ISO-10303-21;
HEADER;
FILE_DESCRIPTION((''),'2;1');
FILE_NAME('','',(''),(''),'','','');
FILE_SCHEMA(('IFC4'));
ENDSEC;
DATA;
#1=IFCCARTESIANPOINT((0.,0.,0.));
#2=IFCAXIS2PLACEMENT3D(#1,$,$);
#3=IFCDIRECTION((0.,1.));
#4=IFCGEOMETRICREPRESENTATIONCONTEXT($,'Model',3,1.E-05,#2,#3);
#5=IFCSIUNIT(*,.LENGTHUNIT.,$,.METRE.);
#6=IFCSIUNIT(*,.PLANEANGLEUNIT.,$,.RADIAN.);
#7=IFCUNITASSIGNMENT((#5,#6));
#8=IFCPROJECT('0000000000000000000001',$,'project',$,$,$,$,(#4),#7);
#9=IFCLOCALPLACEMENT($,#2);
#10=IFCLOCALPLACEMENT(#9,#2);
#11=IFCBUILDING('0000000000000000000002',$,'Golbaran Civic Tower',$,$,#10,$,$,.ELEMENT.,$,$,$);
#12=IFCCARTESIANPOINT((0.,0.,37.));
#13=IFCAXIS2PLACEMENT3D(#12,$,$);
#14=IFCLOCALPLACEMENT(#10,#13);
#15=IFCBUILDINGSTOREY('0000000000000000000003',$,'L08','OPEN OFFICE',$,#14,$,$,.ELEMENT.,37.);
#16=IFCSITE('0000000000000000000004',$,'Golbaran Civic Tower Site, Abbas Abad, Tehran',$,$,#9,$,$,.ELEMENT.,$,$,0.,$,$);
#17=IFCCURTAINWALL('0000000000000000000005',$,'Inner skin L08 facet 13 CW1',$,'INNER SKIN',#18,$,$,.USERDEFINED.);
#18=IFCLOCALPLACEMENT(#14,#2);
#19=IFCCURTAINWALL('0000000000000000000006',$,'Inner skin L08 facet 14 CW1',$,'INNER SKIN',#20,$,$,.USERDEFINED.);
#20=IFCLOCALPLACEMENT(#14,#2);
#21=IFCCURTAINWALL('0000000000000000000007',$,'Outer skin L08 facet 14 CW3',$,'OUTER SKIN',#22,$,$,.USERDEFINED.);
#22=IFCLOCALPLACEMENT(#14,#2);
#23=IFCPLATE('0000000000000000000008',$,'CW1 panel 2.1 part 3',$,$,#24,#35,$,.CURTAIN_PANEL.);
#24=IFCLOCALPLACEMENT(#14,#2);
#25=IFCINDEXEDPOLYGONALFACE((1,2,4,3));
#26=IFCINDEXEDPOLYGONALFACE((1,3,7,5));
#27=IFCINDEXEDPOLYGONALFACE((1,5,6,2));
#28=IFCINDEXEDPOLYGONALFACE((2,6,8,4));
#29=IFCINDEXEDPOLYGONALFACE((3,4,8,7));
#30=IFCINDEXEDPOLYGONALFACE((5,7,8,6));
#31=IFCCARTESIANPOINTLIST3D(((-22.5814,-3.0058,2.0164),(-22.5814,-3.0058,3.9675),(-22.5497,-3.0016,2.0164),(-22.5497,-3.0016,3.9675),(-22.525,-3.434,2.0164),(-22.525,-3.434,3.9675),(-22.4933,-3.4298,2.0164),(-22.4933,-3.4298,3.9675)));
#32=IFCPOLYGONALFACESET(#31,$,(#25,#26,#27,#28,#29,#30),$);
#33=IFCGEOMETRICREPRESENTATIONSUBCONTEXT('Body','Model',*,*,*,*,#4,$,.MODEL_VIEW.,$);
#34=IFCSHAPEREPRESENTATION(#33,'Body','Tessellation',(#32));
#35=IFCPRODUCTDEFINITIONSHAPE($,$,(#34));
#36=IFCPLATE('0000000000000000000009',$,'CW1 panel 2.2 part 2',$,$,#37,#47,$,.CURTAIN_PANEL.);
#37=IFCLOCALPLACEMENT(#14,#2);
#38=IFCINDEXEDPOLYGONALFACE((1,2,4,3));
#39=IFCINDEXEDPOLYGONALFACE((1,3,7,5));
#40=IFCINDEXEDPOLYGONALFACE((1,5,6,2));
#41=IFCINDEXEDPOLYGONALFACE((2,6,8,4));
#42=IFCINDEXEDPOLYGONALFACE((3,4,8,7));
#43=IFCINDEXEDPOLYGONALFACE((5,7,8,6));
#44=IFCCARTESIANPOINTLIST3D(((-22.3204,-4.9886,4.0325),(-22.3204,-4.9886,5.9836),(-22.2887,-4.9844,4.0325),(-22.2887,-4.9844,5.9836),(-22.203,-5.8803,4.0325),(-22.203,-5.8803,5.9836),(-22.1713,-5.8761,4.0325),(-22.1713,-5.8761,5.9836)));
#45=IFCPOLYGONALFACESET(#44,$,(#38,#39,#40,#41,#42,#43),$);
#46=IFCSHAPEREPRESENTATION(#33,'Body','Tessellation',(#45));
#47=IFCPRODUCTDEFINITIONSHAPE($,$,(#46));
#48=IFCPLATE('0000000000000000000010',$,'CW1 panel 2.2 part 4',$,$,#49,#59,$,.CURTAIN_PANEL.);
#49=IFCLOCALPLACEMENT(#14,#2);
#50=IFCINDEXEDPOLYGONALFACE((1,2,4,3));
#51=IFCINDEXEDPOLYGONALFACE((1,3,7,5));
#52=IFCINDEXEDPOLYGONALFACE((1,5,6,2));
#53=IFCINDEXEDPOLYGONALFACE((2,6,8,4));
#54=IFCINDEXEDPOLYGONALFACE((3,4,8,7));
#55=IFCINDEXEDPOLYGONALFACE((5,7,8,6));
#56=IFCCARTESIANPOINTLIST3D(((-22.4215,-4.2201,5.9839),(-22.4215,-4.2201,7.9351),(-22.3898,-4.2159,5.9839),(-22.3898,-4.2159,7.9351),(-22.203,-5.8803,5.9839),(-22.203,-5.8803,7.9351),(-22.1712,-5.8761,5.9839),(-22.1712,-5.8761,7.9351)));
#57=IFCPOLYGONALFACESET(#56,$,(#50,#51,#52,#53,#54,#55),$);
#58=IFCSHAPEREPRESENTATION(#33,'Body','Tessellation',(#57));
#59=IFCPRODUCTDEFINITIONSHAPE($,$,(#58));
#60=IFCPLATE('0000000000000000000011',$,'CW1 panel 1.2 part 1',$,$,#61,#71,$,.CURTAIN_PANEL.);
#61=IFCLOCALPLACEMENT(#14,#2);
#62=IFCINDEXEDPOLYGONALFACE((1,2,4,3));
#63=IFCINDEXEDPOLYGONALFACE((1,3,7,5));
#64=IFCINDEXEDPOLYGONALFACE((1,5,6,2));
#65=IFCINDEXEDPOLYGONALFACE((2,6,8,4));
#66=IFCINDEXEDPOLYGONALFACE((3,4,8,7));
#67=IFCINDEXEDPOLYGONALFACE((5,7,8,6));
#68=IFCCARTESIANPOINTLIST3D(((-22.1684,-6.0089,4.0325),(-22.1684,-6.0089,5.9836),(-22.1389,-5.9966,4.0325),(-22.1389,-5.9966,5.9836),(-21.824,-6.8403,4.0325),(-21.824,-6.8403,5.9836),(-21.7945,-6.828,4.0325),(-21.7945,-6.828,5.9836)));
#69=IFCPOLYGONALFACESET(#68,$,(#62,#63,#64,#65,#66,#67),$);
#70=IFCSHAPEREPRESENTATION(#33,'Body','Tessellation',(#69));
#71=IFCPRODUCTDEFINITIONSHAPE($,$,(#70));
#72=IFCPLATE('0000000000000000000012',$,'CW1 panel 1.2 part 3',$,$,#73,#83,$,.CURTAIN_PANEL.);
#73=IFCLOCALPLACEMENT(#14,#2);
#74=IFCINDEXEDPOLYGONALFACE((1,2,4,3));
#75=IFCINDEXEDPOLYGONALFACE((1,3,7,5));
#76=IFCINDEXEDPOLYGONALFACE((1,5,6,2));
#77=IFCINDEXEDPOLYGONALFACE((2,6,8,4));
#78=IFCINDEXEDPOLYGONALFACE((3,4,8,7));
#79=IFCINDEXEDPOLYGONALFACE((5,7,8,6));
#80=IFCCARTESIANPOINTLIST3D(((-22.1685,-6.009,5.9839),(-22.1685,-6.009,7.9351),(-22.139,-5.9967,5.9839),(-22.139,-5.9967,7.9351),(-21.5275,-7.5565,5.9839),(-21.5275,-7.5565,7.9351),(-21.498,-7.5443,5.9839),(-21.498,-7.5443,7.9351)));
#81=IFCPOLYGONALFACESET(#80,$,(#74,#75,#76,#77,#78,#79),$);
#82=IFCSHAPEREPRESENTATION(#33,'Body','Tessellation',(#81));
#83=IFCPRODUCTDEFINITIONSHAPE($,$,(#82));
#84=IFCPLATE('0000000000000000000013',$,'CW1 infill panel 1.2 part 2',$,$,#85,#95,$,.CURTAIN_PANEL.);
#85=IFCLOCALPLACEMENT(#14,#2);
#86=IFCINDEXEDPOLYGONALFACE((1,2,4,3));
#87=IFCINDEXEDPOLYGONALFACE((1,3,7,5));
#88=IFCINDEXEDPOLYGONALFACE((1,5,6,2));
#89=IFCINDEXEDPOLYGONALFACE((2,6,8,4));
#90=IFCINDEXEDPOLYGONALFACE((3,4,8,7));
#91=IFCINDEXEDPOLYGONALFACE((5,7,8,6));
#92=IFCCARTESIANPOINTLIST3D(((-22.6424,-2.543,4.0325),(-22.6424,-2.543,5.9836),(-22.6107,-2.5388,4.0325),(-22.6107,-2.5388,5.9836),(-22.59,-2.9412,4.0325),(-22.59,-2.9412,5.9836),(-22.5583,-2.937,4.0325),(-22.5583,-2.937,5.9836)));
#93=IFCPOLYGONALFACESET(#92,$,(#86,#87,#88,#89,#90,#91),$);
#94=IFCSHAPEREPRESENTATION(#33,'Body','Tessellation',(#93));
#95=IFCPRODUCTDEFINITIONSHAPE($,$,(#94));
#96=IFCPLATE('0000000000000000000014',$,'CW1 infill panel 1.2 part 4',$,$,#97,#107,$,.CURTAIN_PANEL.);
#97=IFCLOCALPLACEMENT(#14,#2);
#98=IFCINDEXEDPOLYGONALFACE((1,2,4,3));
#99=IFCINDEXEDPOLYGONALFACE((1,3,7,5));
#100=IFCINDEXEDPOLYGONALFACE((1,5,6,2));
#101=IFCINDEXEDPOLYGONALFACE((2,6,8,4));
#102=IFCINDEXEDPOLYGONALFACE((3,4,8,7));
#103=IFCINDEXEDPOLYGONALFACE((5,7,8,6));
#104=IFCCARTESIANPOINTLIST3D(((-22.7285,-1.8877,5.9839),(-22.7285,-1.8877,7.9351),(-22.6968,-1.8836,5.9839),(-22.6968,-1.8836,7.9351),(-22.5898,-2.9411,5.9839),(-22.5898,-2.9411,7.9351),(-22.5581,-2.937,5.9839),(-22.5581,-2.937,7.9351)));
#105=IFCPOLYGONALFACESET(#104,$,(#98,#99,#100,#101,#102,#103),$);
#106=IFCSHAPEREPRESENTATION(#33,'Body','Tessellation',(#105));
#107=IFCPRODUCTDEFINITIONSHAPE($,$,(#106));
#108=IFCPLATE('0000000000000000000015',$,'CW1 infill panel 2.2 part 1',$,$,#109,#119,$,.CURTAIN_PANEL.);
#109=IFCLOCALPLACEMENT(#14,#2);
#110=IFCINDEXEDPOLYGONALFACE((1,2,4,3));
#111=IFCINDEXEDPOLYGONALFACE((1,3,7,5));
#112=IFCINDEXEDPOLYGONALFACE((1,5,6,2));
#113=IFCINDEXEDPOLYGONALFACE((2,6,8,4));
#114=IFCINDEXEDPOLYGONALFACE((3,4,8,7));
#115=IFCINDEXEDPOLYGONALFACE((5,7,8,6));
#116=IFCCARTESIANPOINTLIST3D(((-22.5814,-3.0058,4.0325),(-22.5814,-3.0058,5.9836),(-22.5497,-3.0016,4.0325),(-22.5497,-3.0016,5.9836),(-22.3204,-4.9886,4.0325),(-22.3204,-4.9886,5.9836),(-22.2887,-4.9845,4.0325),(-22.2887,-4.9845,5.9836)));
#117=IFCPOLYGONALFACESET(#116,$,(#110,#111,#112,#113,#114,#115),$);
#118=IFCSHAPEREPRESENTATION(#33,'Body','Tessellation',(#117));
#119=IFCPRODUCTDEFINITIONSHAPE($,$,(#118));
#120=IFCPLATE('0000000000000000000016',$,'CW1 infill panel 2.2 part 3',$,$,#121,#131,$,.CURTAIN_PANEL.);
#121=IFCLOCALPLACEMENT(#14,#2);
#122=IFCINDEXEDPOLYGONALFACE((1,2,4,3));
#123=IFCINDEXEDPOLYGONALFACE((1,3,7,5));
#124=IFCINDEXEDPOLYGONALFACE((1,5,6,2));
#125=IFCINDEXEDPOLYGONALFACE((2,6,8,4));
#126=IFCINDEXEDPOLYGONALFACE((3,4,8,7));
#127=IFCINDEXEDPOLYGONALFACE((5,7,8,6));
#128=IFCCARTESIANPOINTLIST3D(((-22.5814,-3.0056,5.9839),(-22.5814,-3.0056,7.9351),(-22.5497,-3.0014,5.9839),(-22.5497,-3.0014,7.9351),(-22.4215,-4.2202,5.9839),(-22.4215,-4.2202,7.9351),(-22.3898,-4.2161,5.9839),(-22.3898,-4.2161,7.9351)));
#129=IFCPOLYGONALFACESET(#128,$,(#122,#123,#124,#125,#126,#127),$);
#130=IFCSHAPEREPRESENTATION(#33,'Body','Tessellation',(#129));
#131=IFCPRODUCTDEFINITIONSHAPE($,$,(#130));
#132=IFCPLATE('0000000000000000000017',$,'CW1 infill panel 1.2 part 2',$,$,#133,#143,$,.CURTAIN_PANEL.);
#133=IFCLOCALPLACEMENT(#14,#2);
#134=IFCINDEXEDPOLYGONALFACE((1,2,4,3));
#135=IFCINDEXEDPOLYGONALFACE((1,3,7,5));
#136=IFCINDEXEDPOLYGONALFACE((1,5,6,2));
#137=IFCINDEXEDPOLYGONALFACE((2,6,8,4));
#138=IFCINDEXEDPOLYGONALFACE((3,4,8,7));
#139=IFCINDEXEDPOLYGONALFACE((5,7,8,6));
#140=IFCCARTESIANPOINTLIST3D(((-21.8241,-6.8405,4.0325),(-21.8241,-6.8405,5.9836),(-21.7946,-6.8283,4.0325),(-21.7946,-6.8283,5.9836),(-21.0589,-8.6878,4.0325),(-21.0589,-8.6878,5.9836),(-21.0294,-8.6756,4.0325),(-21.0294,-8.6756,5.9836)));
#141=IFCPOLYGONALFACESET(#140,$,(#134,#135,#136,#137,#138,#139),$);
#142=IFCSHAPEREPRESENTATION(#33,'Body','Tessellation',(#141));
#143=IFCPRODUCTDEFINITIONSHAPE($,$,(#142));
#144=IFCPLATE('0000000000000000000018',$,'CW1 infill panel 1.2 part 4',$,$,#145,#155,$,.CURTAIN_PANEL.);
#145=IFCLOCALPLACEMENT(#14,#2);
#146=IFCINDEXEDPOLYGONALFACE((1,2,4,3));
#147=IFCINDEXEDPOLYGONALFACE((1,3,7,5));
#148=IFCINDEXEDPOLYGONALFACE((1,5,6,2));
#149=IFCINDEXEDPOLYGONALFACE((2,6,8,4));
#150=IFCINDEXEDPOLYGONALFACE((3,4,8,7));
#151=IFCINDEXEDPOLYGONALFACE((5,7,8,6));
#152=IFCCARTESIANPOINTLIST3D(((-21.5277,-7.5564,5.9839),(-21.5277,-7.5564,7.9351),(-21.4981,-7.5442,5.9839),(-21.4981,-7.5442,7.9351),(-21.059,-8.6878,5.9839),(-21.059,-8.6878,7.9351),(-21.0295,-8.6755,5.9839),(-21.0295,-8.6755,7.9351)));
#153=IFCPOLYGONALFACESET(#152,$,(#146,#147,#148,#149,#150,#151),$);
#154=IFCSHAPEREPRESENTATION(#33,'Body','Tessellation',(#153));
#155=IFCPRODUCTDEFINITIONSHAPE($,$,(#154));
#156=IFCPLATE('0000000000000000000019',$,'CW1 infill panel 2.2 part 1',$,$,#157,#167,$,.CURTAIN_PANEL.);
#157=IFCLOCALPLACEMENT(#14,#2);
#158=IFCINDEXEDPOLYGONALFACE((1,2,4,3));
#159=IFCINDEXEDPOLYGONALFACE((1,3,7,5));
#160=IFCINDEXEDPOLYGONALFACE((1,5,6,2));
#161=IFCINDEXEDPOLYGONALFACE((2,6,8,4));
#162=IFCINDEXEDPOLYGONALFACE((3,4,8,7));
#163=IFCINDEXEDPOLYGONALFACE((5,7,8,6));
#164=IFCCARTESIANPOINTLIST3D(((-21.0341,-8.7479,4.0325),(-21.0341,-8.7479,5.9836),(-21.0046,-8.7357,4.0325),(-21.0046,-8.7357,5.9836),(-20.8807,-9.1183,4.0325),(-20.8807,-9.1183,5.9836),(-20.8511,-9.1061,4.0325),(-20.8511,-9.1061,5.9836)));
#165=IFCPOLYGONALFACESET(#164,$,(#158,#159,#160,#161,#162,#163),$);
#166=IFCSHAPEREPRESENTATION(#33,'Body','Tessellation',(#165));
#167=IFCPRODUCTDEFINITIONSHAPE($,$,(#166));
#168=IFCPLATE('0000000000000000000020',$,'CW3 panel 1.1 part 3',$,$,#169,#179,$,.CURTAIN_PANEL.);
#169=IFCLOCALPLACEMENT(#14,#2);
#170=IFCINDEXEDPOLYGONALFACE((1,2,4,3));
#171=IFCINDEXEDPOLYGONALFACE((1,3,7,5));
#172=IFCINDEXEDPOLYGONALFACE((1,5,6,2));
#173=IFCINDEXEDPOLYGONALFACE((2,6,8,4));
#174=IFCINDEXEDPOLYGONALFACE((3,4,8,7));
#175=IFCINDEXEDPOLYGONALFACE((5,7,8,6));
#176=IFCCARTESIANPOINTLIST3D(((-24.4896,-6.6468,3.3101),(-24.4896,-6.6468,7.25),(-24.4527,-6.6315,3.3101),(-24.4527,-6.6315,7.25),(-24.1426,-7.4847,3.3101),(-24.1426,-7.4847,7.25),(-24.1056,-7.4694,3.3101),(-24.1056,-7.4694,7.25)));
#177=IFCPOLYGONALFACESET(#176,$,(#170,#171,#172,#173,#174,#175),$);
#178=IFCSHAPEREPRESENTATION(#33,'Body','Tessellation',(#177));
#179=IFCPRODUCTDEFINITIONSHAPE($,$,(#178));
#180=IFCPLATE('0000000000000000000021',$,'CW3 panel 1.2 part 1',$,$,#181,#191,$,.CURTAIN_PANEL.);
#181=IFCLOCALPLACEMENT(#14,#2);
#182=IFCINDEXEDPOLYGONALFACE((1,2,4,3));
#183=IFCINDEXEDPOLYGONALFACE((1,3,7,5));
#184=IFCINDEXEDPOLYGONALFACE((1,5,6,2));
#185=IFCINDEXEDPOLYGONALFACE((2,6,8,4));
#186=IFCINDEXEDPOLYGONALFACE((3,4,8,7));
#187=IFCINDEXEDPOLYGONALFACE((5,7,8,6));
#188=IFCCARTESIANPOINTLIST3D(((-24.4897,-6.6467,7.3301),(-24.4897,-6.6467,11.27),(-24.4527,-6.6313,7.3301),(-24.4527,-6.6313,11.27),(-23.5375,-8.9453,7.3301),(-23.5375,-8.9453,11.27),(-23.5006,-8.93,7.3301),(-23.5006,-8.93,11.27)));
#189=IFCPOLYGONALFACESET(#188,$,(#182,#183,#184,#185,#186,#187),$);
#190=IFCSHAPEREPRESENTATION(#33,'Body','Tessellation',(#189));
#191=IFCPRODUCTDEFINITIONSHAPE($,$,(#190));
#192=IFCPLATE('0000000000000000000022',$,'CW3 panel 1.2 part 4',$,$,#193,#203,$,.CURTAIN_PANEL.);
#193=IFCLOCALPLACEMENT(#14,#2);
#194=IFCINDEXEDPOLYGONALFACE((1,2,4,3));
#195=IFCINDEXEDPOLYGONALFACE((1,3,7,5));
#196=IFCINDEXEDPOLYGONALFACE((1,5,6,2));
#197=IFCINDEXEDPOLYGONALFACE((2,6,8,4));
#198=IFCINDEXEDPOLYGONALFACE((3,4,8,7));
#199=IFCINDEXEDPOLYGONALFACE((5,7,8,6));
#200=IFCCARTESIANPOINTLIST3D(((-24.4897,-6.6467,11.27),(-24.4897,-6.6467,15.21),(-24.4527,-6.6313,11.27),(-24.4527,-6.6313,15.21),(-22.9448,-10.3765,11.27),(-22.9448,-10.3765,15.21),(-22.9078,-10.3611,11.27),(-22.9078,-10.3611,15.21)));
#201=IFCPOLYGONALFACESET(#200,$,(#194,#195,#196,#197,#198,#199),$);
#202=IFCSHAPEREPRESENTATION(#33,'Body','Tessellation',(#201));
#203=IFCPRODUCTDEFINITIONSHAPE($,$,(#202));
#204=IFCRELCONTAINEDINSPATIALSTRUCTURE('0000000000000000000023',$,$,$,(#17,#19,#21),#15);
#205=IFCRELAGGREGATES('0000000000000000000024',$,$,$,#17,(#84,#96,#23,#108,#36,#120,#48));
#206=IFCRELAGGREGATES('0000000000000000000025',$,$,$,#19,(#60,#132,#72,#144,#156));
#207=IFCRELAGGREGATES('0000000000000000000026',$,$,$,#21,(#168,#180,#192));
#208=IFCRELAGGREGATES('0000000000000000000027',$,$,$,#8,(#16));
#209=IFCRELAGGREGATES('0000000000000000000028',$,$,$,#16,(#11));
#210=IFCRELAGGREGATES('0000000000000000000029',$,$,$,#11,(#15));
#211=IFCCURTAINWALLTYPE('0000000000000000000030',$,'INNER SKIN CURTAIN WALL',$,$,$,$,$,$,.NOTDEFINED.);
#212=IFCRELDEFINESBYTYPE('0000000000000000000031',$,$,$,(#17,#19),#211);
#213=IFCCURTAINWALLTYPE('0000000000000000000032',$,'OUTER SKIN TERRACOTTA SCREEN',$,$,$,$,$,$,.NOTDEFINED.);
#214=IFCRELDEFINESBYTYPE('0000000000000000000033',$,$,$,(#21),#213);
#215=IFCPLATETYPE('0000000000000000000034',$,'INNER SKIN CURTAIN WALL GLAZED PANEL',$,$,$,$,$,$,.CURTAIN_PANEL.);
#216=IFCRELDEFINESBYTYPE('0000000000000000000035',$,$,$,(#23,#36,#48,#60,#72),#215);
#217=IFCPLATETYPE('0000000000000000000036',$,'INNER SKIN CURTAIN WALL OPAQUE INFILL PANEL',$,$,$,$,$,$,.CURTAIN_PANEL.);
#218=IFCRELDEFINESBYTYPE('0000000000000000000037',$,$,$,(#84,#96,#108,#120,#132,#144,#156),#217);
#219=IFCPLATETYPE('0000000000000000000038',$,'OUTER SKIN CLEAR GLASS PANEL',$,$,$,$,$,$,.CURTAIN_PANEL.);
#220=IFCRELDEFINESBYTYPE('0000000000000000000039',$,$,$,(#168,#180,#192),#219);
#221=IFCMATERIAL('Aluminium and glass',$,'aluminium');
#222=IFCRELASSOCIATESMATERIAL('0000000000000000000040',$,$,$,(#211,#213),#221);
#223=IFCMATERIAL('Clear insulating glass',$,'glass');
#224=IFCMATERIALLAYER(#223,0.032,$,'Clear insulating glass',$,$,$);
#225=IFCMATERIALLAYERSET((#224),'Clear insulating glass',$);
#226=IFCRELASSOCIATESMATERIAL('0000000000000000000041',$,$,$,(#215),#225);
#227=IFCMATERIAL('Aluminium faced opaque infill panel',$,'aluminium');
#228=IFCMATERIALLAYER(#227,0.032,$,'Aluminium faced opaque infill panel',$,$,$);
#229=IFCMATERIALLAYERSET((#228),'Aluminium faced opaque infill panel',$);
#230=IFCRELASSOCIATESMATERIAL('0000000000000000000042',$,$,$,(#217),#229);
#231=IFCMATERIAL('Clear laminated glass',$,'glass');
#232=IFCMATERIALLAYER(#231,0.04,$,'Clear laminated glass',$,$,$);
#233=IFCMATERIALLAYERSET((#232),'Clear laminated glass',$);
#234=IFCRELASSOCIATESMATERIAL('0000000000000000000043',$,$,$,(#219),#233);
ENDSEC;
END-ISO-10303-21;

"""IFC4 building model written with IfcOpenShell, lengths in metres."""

from ifc_helpers import new_model, si_unit, direction, frame, origin, origin_2d, place, context, subcontext, project, spatial, rectangle, extrude, material, layer, layer_set, type_object, element, aggregate, save


model = new_model("IFC4")

# Units and contexts
model_context = context("Model", 3, precision=1e-05, world=origin(), true_north=direction((0.0, 1.0)))
body_context = subcontext(model_context, "Body", "Model", "MODEL_VIEW")
ifc_project = project(units=[si_unit("LENGTHUNIT", "METRE"), si_unit("PLANEANGLEUNIT", "RADIAN")], contexts=[model_context])

# Site, building, storey
site_placement = place(None, origin())
site = spatial("IfcSite", under=ifc_project, at=site_placement, Name="Golbaran Civic Tower Site, Abbas Abad, Tehran", CompositionType="ELEMENT", RefElevation=0.0)
building_placement = place(site_placement, origin())
building = spatial("IfcBuilding", under=site, at=building_placement, Name="Golbaran Civic Tower", CompositionType="ELEMENT")
storey_placement = place(building_placement, frame((0.0, 0.0, 37.0)))
storey = spatial("IfcBuildingStorey", under=building, at=storey_placement, Name="L08", Description="OPEN OFFICE", CompositionType="ELEMENT", Elevation=37.0)

# Curtain walls
ifc_material_1 = material(Name="Aluminium and glass", Category="aluminium")
curtain_wall_type_1 = type_object("IfcCurtainWallType", Name="INNER SKIN CURTAIN WALL", PredefinedType="NOTDEFINED", material=ifc_material_1)
curtain_wall_1_placement = place(storey_placement, origin())
curtain_wall_1 = element("IfcCurtainWall", 1, at=curtain_wall_1_placement, inside=storey, type_object=curtain_wall_type_1, Name="Inner skin L08 facet 13 CW1", ObjectType="INNER SKIN", PredefinedType="USERDEFINED")
curtain_wall_2_placement = place(storey_placement, origin())
curtain_wall_2 = element("IfcCurtainWall", 2, at=curtain_wall_2_placement, inside=storey, type_object=curtain_wall_type_1, Name="Inner skin L08 facet 14 CW1", ObjectType="INNER SKIN", PredefinedType="USERDEFINED")
curtain_wall_type_2 = type_object("IfcCurtainWallType", Name="OUTER SKIN TERRACOTTA SCREEN", PredefinedType="NOTDEFINED", material=ifc_material_1)
curtain_wall_3_placement = place(storey_placement, origin())
curtain_wall_3 = element("IfcCurtainWall", 3, at=curtain_wall_3_placement, inside=storey, type_object=curtain_wall_type_2, Name="Outer skin L08 facet 14 CW3", ObjectType="OUTER SKIN", PredefinedType="USERDEFINED")

# Plates
ifc_material_2 = material(Name="Clear insulating glass", Category="glass")
ifc_layer_1 = layer(ifc_material_2, 0.032, Name="Clear insulating glass")
ifc_layer_set_1 = layer_set([ifc_layer_1], Name="Clear insulating glass")
plate_type_1 = type_object("IfcPlateType", Name="INNER SKIN CURTAIN WALL GLAZED PANEL", PredefinedType="CURTAIN_PANEL", material=ifc_layer_set_1)
plate_1_placement = place(storey_placement, frame((-22.5374, -3.2178, 2.0164), z_axis=(0.0, 0.0, 1.0), x_axis=(0.130526, -0.991445, 0.0)))
plate_1 = element("IfcPlate", 4, at=plate_1_placement, type_object=plate_type_1, Name="CW1 panel 2.1 part 3", PredefinedType="CURTAIN_PANEL", context=body_context, shape_type="SweptSolid", body=[
    extrude(rectangle(XDim=0.4319, YDim=0.032, at=origin_2d()), origin(), (0.0, 0.0, 1.0), 1.9512),
])
plate_2_placement = place(storey_placement, frame((-22.2458, -5.4324, 4.0325), z_axis=(0.0, 0.0, 1.0), x_axis=(0.130526, -0.991445, 0.0)))
plate_2 = element("IfcPlate", 5, at=plate_2_placement, type_object=plate_type_1, Name="CW1 panel 2.2 part 2", PredefinedType="CURTAIN_PANEL", context=body_context, shape_type="SweptSolid", body=[
    extrude(rectangle(XDim=0.8994, YDim=0.032, at=origin_2d()), origin(), (0.0, 0.0, 1.0), 1.9512),
])
plate_3_placement = place(storey_placement, frame((-22.2964, -5.0481, 5.9839), z_axis=(0.0, 0.0, 1.0), x_axis=(0.130526, -0.991445, 0.0)))
plate_3 = element("IfcPlate", 6, at=plate_3_placement, type_object=plate_type_1, Name="CW1 panel 2.2 part 4", PredefinedType="CURTAIN_PANEL", context=body_context, shape_type="SweptSolid", body=[
    extrude(rectangle(XDim=1.6746, YDim=0.032, at=origin_2d()), origin(), (0.0, 0.0, 1.0), 1.9512),
])
plate_4_placement = place(storey_placement, frame((-21.9814, -6.4185, 4.0325), z_axis=(0.0, 0.0, 1.0), x_axis=(0.382683, -0.92388, 0.0)))
plate_4 = element("IfcPlate", 7, at=plate_4_placement, type_object=plate_type_1, Name="CW1 panel 1.2 part 1", PredefinedType="CURTAIN_PANEL", context=body_context, shape_type="SweptSolid", body=[
    extrude(rectangle(XDim=0.8999, YDim=0.032, at=origin_2d()), origin(), (0.0, 0.0, 1.0), 1.9512),
])
plate_5_placement = place(storey_placement, frame((-21.8333, -6.7766, 5.9839), z_axis=(0.0, 0.0, 1.0), x_axis=(0.382683, -0.92388, 0.0)))
plate_5 = element("IfcPlate", 8, at=plate_5_placement, type_object=plate_type_1, Name="CW1 panel 1.2 part 3", PredefinedType="CURTAIN_PANEL", context=body_context, shape_type="SweptSolid", body=[
    extrude(rectangle(XDim=1.675, YDim=0.032, at=origin_2d()), origin(), (0.0, 0.0, 1.0), 1.9512),
])
ifc_material_3 = material(Name="Aluminium faced opaque infill panel", Category="aluminium")
ifc_layer_2 = layer(ifc_material_3, 0.032, Name="Aluminium faced opaque infill panel")
ifc_layer_set_2 = layer_set([ifc_layer_2], Name="Aluminium faced opaque infill panel")
plate_type_2 = type_object("IfcPlateType", Name="INNER SKIN CURTAIN WALL OPAQUE INFILL PANEL", PredefinedType="CURTAIN_PANEL", material=ifc_layer_set_2)
plate_6_placement = place(storey_placement, frame((-22.6003, -2.74, 4.0325), z_axis=(0.0, 0.0, 1.0), x_axis=(0.130526, -0.991445, 0.0)))
plate_6 = element("IfcPlate", 9, at=plate_6_placement, type_object=plate_type_2, Name="CW1 infill panel 1.2 part 2", PredefinedType="CURTAIN_PANEL", context=body_context, shape_type="SweptSolid", body=[
    extrude(rectangle(XDim=0.4016, YDim=0.032, at=origin_2d()), origin(), (0.0, 0.0, 1.0), 1.9512),
])
plate_7_placement = place(storey_placement, frame((-22.6433, -2.4124, 5.9839), z_axis=(0.0, 0.0, 1.0), x_axis=(0.130526, -0.991445, 0.0)))
plate_7 = element("IfcPlate", 10, at=plate_7_placement, type_object=plate_type_2, Name="CW1 infill panel 1.2 part 4", PredefinedType="CURTAIN_PANEL", context=body_context, shape_type="SweptSolid", body=[
    extrude(rectangle(XDim=1.0625, YDim=0.032, at=origin_2d()), origin(), (0.0, 0.0, 1.0), 1.9512),
])
plate_8_placement = place(storey_placement, frame((-22.4351, -3.9951, 4.0325), z_axis=(0.0, 0.0, 1.0), x_axis=(0.130526, -0.991445, 0.0)))
plate_8 = element("IfcPlate", 11, at=plate_8_placement, type_object=plate_type_2, Name="CW1 infill panel 2.2 part 1", PredefinedType="CURTAIN_PANEL", context=body_context, shape_type="SweptSolid", body=[
    extrude(rectangle(XDim=2.0, YDim=0.032, at=origin_2d()), origin(), (0.0, 0.0, 1.0), 1.9512),
])
plate_9_placement = place(storey_placement, frame((-22.4856, -3.6108, 5.9839), z_axis=(0.0, 0.0, 1.0), x_axis=(0.130526, -0.991445, 0.0)))
plate_9 = element("IfcPlate", 12, at=plate_9_placement, type_object=plate_type_2, Name="CW1 infill panel 2.2 part 3", PredefinedType="CURTAIN_PANEL", context=body_context, shape_type="SweptSolid", body=[
    extrude(rectangle(XDim=1.2251, YDim=0.032, at=origin_2d()), origin(), (0.0, 0.0, 1.0), 1.9512),
])
aggregate(curtain_wall_1, [plate_6, plate_7, plate_1, plate_8, plate_2, plate_9, plate_3])
plate_10_placement = place(storey_placement, frame((-21.4268, -7.7581, 4.0325), z_axis=(0.0, 0.0, 1.0), x_axis=(0.382683, -0.92388, 0.0)))
plate_10 = element("IfcPlate", 13, at=plate_10_placement, type_object=plate_type_2, Name="CW1 infill panel 1.2 part 2", PredefinedType="CURTAIN_PANEL", context=body_context, shape_type="SweptSolid", body=[
    extrude(rectangle(XDim=1.9995, YDim=0.032, at=origin_2d()), origin(), (0.0, 0.0, 1.0), 1.9512),
])
plate_11_placement = place(storey_placement, frame((-21.2786, -8.116, 5.9839), z_axis=(0.0, 0.0, 1.0), x_axis=(0.382683, -0.92388, 0.0)))
plate_11 = element("IfcPlate", 14, at=plate_11_placement, type_object=plate_type_2, Name="CW1 infill panel 1.2 part 4", PredefinedType="CURTAIN_PANEL", context=body_context, shape_type="SweptSolid", body=[
    extrude(rectangle(XDim=1.2246, YDim=0.032, at=origin_2d()), origin(), (0.0, 0.0, 1.0), 1.9512),
])
plate_12_placement = place(storey_placement, frame((-20.9426, -8.927, 4.0325), z_axis=(0.0, 0.0, 1.0), x_axis=(0.382683, -0.92388, 0.0)))
plate_12 = element("IfcPlate", 15, at=plate_12_placement, type_object=plate_type_2, Name="CW1 infill panel 2.2 part 1", PredefinedType="CURTAIN_PANEL", context=body_context, shape_type="SweptSolid", body=[
    extrude(rectangle(XDim=0.4009, YDim=0.032, at=origin_2d()), origin(), (0.0, 0.0, 1.0), 1.9512),
])
aggregate(curtain_wall_2, [plate_4, plate_10, plate_5, plate_11, plate_12])
ifc_material_4 = material(Name="Clear laminated glass", Category="glass")
ifc_layer_3 = layer(ifc_material_4, 0.04, Name="Clear laminated glass")
ifc_layer_set_3 = layer_set([ifc_layer_3], Name="Clear laminated glass")
plate_type_3 = type_object("IfcPlateType", Name="OUTER SKIN CLEAR GLASS PANEL", PredefinedType="CURTAIN_PANEL", material=ifc_layer_set_3)
plate_13_placement = place(storey_placement, frame((-24.2976, -7.0581, 3.3101), z_axis=(0.0, 0.0, 1.0), x_axis=(0.382683, -0.92388, 0.0)))
plate_13 = element("IfcPlate", 16, at=plate_13_placement, type_object=plate_type_3, Name="CW3 panel 1.1 part 3", PredefinedType="CURTAIN_PANEL", context=body_context, shape_type="SweptSolid", body=[
    extrude(rectangle(XDim=0.907, YDim=0.04, at=origin_2d()), origin(), (0.0, 0.0, 1.0), 3.9399),
])
plate_14_placement = place(storey_placement, frame((-23.9951, -7.7883, 7.3301), z_axis=(0.0, 0.0, 1.0), x_axis=(0.382683, -0.92388, 0.0)))
plate_14 = element("IfcPlate", 17, at=plate_14_placement, type_object=plate_type_3, Name="CW3 panel 1.2 part 1", PredefinedType="CURTAIN_PANEL", context=body_context, shape_type="SweptSolid", body=[
    extrude(rectangle(XDim=2.488, YDim=0.04, at=origin_2d()), origin(), (0.0, 0.0, 1.0), 3.9399),
])
plate_15_placement = place(storey_placement, frame((-23.6987, -8.5039, 11.27), z_axis=(0.0, 0.0, 1.0), x_axis=(0.382683, -0.92388, 0.0)))
plate_15 = element("IfcPlate", 18, at=plate_15_placement, type_object=plate_type_3, Name="CW3 panel 1.2 part 4", PredefinedType="CURTAIN_PANEL", context=body_context, shape_type="SweptSolid", body=[
    extrude(rectangle(XDim=4.0371, YDim=0.04, at=origin_2d()), origin(), (0.0, 0.0, 1.0), 3.9399),
])
aggregate(curtain_wall_3, [plate_13, plate_14, plate_15])

save(model, "model.ifc")
